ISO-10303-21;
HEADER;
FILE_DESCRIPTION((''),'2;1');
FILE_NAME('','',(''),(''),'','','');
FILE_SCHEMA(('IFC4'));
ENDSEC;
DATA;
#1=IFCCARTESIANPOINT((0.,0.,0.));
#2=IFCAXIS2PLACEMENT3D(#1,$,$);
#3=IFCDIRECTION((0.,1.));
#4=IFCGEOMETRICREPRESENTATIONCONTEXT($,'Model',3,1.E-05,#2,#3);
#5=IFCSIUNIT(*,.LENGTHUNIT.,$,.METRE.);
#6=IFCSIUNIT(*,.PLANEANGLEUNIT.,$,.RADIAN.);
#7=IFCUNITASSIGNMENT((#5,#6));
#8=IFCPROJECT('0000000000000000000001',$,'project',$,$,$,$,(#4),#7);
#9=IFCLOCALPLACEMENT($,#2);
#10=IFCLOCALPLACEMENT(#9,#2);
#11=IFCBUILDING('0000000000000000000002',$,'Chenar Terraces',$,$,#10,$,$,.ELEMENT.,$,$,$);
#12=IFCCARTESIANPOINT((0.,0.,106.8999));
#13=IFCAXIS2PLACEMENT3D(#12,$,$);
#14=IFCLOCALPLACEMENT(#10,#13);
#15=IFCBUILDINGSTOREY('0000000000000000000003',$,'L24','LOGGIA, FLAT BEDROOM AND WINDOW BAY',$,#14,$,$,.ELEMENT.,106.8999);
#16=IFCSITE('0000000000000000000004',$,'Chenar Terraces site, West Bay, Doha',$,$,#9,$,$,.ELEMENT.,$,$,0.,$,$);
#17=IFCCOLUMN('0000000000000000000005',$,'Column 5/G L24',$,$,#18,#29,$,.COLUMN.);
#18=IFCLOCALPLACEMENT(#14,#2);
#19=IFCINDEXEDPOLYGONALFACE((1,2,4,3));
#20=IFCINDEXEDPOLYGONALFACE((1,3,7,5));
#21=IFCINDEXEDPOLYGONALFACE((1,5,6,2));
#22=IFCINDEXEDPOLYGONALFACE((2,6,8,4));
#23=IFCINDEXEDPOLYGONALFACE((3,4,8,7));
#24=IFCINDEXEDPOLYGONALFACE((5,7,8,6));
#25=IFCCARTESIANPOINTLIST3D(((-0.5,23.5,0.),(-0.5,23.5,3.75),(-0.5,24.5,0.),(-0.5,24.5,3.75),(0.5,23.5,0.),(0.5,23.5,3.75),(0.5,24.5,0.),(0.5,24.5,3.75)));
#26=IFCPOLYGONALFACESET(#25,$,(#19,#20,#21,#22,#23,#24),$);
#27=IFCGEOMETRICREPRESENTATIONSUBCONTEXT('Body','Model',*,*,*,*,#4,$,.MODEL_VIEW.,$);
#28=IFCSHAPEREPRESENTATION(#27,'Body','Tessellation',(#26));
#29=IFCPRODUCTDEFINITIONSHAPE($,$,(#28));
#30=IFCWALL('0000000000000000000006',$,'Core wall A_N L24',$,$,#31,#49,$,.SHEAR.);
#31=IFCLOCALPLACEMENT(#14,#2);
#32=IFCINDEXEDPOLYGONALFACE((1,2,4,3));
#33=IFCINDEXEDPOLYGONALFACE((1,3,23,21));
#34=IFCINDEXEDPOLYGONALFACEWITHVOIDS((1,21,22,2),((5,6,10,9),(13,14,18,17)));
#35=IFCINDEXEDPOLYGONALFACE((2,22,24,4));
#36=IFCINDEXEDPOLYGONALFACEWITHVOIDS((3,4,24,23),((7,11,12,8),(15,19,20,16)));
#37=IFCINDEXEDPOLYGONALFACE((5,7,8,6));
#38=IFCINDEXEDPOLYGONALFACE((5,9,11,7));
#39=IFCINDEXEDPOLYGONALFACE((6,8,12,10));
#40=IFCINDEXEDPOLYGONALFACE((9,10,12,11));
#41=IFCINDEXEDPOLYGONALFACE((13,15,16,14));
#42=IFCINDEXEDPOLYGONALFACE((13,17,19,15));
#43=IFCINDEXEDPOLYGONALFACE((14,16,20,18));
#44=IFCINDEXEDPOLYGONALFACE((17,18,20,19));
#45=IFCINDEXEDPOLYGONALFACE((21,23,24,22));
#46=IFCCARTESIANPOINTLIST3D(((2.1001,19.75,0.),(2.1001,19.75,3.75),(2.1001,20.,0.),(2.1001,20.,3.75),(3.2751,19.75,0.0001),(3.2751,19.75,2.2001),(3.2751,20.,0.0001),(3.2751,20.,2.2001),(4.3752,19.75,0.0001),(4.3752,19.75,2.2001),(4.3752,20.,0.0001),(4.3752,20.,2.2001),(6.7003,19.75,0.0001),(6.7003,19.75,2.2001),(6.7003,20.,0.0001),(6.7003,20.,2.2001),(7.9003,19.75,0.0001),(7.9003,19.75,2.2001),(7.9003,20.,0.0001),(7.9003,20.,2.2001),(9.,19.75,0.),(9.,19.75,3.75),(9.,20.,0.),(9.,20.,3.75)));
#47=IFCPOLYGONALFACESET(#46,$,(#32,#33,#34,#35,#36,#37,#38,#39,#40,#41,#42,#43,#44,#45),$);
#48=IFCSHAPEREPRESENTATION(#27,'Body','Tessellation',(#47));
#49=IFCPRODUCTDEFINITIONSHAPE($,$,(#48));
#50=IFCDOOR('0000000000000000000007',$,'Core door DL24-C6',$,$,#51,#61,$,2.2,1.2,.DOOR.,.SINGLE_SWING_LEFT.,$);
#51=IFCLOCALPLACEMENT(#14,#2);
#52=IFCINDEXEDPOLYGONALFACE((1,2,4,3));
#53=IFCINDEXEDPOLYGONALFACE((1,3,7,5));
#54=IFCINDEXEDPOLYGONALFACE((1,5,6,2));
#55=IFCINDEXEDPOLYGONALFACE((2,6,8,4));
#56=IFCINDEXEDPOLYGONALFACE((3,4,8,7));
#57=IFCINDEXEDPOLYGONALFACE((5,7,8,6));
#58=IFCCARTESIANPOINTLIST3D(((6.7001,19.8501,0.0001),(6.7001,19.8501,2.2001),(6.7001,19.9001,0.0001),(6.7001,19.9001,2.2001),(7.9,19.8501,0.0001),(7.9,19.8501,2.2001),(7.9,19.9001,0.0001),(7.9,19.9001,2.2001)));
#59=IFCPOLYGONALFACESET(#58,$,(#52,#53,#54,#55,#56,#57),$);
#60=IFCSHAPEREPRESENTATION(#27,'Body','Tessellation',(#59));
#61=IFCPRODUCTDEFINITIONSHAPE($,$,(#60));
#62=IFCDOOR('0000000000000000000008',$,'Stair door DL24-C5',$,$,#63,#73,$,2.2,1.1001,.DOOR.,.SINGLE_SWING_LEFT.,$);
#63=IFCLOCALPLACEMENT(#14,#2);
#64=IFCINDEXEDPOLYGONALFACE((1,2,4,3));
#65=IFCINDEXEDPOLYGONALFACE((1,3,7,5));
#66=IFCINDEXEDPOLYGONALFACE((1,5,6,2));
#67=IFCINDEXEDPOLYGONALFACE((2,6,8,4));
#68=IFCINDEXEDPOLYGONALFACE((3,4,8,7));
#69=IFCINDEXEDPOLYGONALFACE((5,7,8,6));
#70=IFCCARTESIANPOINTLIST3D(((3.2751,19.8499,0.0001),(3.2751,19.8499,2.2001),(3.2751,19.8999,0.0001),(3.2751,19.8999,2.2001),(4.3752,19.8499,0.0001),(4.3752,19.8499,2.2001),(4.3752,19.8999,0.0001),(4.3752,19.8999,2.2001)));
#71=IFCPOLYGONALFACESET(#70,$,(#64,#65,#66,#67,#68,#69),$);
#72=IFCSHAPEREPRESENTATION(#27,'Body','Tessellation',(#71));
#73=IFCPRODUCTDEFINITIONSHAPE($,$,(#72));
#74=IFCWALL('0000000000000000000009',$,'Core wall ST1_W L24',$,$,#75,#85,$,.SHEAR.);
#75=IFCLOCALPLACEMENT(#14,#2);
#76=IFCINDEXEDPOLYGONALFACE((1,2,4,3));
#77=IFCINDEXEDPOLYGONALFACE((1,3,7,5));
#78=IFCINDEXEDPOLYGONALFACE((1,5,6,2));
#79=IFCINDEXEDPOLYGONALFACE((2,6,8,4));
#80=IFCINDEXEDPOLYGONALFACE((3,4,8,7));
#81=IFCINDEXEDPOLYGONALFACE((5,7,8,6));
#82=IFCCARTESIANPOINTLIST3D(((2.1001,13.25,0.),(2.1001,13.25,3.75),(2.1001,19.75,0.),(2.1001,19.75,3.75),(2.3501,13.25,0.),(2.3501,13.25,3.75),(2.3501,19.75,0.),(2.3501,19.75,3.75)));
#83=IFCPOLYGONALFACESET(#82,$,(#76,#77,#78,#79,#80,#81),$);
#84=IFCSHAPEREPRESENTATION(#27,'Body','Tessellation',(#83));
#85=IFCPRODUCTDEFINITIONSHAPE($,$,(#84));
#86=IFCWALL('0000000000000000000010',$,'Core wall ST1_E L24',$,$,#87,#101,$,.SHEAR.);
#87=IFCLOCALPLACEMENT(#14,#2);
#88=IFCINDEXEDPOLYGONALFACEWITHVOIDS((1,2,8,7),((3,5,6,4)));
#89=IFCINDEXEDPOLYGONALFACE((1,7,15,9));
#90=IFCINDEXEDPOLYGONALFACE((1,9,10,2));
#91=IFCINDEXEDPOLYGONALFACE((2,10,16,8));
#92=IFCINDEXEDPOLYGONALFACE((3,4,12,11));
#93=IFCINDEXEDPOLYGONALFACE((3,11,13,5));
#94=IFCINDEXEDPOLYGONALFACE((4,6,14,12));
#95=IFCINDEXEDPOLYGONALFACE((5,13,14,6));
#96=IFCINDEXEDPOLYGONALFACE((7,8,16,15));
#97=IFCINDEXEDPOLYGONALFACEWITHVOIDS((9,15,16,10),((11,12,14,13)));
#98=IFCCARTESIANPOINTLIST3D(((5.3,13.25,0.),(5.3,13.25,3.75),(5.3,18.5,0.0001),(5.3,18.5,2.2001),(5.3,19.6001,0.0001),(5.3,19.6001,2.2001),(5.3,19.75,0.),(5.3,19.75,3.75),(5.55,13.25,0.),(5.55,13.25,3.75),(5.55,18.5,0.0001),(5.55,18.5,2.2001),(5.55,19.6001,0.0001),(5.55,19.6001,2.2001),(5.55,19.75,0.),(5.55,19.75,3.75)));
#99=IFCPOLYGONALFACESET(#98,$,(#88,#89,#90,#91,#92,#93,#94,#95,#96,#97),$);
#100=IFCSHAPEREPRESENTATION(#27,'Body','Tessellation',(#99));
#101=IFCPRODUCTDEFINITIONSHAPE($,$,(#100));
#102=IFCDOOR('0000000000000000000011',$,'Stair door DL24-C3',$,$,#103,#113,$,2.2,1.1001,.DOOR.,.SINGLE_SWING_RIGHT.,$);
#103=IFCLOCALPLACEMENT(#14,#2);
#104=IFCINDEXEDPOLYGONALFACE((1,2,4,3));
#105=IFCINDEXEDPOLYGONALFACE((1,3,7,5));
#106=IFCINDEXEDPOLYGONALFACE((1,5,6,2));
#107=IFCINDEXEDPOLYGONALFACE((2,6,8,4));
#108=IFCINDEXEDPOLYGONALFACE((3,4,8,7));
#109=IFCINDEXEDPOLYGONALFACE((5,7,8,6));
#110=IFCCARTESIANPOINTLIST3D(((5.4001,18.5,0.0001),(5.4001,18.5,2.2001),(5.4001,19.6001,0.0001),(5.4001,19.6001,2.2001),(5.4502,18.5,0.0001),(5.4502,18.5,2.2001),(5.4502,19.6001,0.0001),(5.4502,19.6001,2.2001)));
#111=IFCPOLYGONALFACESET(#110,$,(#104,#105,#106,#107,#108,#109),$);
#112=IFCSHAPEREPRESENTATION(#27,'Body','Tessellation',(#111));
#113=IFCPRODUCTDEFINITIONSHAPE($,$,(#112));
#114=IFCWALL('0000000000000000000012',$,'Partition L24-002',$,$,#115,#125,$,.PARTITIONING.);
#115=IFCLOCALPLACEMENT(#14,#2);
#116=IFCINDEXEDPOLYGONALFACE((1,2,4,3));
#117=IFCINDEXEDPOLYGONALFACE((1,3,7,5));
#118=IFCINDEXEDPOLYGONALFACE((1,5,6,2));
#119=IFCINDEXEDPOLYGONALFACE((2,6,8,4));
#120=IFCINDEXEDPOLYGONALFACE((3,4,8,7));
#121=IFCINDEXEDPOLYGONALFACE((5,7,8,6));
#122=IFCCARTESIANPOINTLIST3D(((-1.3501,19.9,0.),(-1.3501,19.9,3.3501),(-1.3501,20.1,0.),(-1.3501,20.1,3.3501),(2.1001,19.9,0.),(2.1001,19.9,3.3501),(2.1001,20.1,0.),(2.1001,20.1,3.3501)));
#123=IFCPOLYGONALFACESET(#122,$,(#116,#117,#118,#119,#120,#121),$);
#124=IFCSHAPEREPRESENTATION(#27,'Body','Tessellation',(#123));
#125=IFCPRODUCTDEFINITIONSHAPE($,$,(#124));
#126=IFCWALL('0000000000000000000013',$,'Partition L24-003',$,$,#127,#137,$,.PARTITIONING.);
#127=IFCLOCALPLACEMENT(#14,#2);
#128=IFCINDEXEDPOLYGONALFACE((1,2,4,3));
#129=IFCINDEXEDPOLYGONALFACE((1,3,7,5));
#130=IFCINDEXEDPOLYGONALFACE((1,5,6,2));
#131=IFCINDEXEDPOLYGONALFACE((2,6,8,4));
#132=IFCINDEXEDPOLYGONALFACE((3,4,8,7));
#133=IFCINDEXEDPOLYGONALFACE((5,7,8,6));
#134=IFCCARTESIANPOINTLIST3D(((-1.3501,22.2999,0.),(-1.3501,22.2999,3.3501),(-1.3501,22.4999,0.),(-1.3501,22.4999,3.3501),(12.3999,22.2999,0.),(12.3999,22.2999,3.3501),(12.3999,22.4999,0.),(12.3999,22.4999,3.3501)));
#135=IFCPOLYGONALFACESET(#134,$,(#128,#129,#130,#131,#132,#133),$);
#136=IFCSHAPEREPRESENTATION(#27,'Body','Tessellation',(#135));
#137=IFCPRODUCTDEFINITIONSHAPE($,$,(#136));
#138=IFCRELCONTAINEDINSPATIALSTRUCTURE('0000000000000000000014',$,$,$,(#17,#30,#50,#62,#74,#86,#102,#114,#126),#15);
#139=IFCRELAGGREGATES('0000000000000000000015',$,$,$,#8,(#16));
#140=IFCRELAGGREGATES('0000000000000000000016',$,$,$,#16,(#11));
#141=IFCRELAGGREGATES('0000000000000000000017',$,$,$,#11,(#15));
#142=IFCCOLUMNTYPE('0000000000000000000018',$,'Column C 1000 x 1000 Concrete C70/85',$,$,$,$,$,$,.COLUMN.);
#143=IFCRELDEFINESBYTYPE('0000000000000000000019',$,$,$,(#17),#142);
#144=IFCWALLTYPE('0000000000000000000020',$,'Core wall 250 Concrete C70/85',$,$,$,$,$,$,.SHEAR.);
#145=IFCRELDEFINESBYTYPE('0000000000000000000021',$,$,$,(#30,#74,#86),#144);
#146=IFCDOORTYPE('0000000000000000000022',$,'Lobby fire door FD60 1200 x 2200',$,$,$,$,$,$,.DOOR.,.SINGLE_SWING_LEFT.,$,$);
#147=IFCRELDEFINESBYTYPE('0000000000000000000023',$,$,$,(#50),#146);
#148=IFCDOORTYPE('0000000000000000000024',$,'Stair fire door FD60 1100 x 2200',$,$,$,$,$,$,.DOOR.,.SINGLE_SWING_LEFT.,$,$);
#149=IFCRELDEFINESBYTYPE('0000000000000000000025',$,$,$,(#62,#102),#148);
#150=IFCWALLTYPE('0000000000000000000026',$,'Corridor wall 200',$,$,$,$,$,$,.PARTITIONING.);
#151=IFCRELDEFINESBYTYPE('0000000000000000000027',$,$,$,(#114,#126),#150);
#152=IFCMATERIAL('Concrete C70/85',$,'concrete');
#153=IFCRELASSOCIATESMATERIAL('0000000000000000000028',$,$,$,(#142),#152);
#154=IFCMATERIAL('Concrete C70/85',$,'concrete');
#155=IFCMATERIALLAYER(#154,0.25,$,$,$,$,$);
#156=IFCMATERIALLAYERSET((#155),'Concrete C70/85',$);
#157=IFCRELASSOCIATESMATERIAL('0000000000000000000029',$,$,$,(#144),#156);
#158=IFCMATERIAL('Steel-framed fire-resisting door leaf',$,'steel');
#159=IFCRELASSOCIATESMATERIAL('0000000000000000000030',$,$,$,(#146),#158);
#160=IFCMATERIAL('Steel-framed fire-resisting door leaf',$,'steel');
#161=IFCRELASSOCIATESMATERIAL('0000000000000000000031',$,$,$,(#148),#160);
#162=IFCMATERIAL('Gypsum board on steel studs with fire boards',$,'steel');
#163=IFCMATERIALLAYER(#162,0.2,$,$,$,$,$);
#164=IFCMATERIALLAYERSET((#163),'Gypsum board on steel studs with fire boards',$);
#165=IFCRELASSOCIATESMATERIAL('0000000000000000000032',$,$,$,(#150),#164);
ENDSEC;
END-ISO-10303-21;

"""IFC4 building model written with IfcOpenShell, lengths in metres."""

from ifc_helpers import new_model, si_unit, direction, frame, frame_2d, origin, origin_2d, place, context, subcontext, project, spatial, rectangle, extrude, material, layer, layer_set, material_profile, profile_set, type_object, element, fill, save


model = new_model("IFC4")

# Units and contexts
model_context = context("Model", 3, precision=1e-05, world=origin(), true_north=direction((0.0, 1.0)))
body_context = subcontext(model_context, "Body", "Model", "MODEL_VIEW")
ifc_project = project(units=[si_unit("LENGTHUNIT", "METRE"), si_unit("PLANEANGLEUNIT", "RADIAN")], contexts=[model_context])

# Site, building, storey
site_placement = place(None, origin())
site = spatial("IfcSite", under=ifc_project, at=site_placement, Name="Chenar Terraces site, West Bay, Doha", CompositionType="ELEMENT", RefElevation=0.0)
building_placement = place(site_placement, origin())
building = spatial("IfcBuilding", under=site, at=building_placement, Name="Chenar Terraces", CompositionType="ELEMENT")
storey_placement = place(building_placement, frame((0.0, 0.0, 106.8999)))
storey = spatial("IfcBuildingStorey", under=building, at=storey_placement, Name="L24", Description="LOGGIA, FLAT BEDROOM AND WINDOW BAY", CompositionType="ELEMENT", Elevation=106.8999)

# Column
ifc_material_1 = material(Name="Concrete C70/85", Category="concrete")
ifc_material_profile_1 = material_profile(ifc_material_1, rectangle(XDim=1.0, YDim=1.0, at=origin_2d()), Name="C 1000 x 1000")
ifc_profile_set_1 = profile_set([ifc_material_profile_1], Name="Concrete C70/85")
column_type = type_object("IfcColumnType", Name="Column C 1000 x 1000 Concrete C70/85", PredefinedType="COLUMN", material=ifc_profile_set_1)
column_placement = place(storey_placement, frame((0.0, 24.0, 0.0), z_axis=(0.0, 0.0, 1.0), x_axis=(1.0, 0.0, 0.0)))
element("IfcColumn", 1, at=column_placement, inside=storey, type_object=column_type, Name="Column 5/G L24", PredefinedType="COLUMN", context=body_context, shape_type="SweptSolid", body=[
    extrude(rectangle(XDim=1.0, YDim=1.0, at=origin_2d()), origin(), (0.0, 0.0, 1.0), 3.75),
])

# Wall, openings, doors
ifc_material_2 = material(Name="Concrete C70/85", Category="concrete")
ifc_layer_1 = layer(ifc_material_2, 0.25)
ifc_layer_set_1 = layer_set([ifc_layer_1], Name="Concrete C70/85")
wall_type_1 = type_object("IfcWallType", Name="Core wall 250 Concrete C70/85", PredefinedType="SHEAR", material=ifc_layer_set_1)
wall_1_placement = place(storey_placement, frame((2.1001, 19.875, 0.0), z_axis=(0.0, 0.0, 1.0), x_axis=(1.0, 0.0, 0.0)))
wall_1 = element("IfcWall", 2, at=wall_1_placement, inside=storey, type_object=wall_type_1, Name="Core wall A_N L24", PredefinedType="SHEAR", context=body_context, shape_type="SweptSolid", body=[
    extrude(rectangle(XDim=6.8999, YDim=0.25, at=frame_2d((3.45, 0.0))), origin(), (0.0, 0.0, 1.0), 3.75),
])
opening_1_placement = place(wall_1_placement, frame((1.175, 0.0, 0.0)))
opening_1 = element("IfcOpeningElement", 3, at=opening_1_placement, cuts=wall_1, PredefinedType="OPENING", context=body_context, shape_type="SweptSolid", body=[
    extrude(rectangle(XDim=1.1001, YDim=2.2, at=frame_2d((0.55, 1.1001))), frame((0.0, 0.135, 0.0), z_axis=(0.0, -1.0, 0.0), x_axis=(1.0, 0.0, 0.0)), (0.0, 0.0, 1.0), 0.27),
])
opening_2_placement = place(wall_1_placement, frame((4.6001, 0.0, 0.0)))
opening_2 = element("IfcOpeningElement", 4, at=opening_2_placement, cuts=wall_1, PredefinedType="OPENING", context=body_context, shape_type="SweptSolid", body=[
    extrude(rectangle(XDim=1.2, YDim=2.2, at=frame_2d((0.6001, 1.1001))), frame((0.0, 0.135, 0.0), z_axis=(0.0, -1.0, 0.0), x_axis=(1.0, 0.0, 0.0)), (0.0, 0.0, 1.0), 0.27),
])
ifc_material_3 = material(Name="Steel-framed fire-resisting door leaf", Category="steel")
door_type_1 = type_object("IfcDoorType", Name="Lobby fire door FD60 1200 x 2200", OperationType="SINGLE_SWING_LEFT", PredefinedType="DOOR", material=ifc_material_3)
door_1_placement = place(opening_2_placement, frame((1.2, 0.0, 0.0), z_axis=(0.0, 0.0, 1.0), x_axis=(-1.0, 0.0, 0.0)))
door_1 = element("IfcDoor", 5, at=door_1_placement, inside=storey, type_object=door_type_1, Name="Core door DL24-C6", OperationType="SINGLE_SWING_LEFT", OverallHeight=2.2, OverallWidth=1.2, PredefinedType="DOOR", context=body_context, shape_type="SweptSolid", body=[
    extrude(rectangle(XDim=1.2, YDim=2.2, at=frame_2d((0.6001, 1.1001))), frame((0.0, 0.0249, 0.0), z_axis=(0.0, -1.0, 0.0), x_axis=(1.0, 0.0, 0.0)), (0.0, 0.0, 1.0), 0.05),
])
fill(opening_2, door_1)
ifc_material_4 = material(Name="Steel-framed fire-resisting door leaf", Category="steel")
door_type_2 = type_object("IfcDoorType", Name="Stair fire door FD60 1100 x 2200", OperationType="SINGLE_SWING_LEFT", PredefinedType="DOOR", material=ifc_material_4)
door_2_placement = place(opening_1_placement, origin())
door_2 = element("IfcDoor", 6, at=door_2_placement, inside=storey, type_object=door_type_2, Name="Stair door DL24-C5", OperationType="SINGLE_SWING_LEFT", OverallHeight=2.2, OverallWidth=1.1001, PredefinedType="DOOR", context=body_context, shape_type="SweptSolid", body=[
    extrude(rectangle(XDim=1.1001, YDim=2.2, at=frame_2d((0.55, 1.1001))), frame((0.0, 0.0249, 0.0), z_axis=(0.0, -1.0, 0.0), x_axis=(1.0, 0.0, 0.0)), (0.0, 0.0, 1.0), 0.05),
])
fill(opening_1, door_2)

# Wall
wall_2_placement = place(storey_placement, frame((2.2251, 13.25, 0.0), z_axis=(0.0, 0.0, 1.0), x_axis=(0.0, 1.0, 0.0)))
element("IfcWall", 7, at=wall_2_placement, inside=storey, type_object=wall_type_1, Name="Core wall ST1_W L24", PredefinedType="SHEAR", context=body_context, shape_type="SweptSolid", body=[
    extrude(rectangle(XDim=6.5, YDim=0.25, at=frame_2d((3.25, 0.0))), origin(), (0.0, 0.0, 1.0), 3.75),
])

# Wall, opening, door
wall_3_placement = place(storey_placement, frame((5.425, 13.25, 0.0), z_axis=(0.0, 0.0, 1.0), x_axis=(0.0, 1.0, 0.0)))
wall_3 = element("IfcWall", 8, at=wall_3_placement, inside=storey, type_object=wall_type_1, Name="Core wall ST1_E L24", PredefinedType="SHEAR", context=body_context, shape_type="SweptSolid", body=[
    extrude(rectangle(XDim=6.5, YDim=0.25, at=frame_2d((3.25, 0.0))), origin(), (0.0, 0.0, 1.0), 3.75),
])
opening_3_placement = place(wall_3_placement, frame((5.25, 0.0, 0.0)))
opening_3 = element("IfcOpeningElement", 9, at=opening_3_placement, cuts=wall_3, PredefinedType="OPENING", context=body_context, shape_type="SweptSolid", body=[
    extrude(rectangle(XDim=1.1001, YDim=2.2, at=frame_2d((0.55, 1.1001))), frame((0.0, 0.135, 0.0), z_axis=(0.0, -1.0, 0.0), x_axis=(1.0, 0.0, 0.0)), (0.0, 0.0, 1.0), 0.27),
])
door_3_placement = place(opening_3_placement, origin())
door_3 = element("IfcDoor", 10, at=door_3_placement, inside=storey, type_object=door_type_2, Name="Stair door DL24-C3", OperationType="SINGLE_SWING_RIGHT", OverallHeight=2.2, OverallWidth=1.1001, PredefinedType="DOOR", context=body_context, shape_type="SweptSolid", body=[
    extrude(rectangle(XDim=1.1001, YDim=2.2, at=frame_2d((0.55, 1.1001))), frame((0.0, 0.0249, 0.0), z_axis=(0.0, -1.0, 0.0), x_axis=(1.0, 0.0, 0.0)), (0.0, 0.0, 1.0), 0.05),
])
fill(opening_3, door_3)

# Walls
ifc_material_5 = material(Name="Gypsum board on steel studs with fire boards", Category="steel")
ifc_layer_2 = layer(ifc_material_5, 0.2)
ifc_layer_set_2 = layer_set([ifc_layer_2], Name="Gypsum board on steel studs with fire boards")
wall_type_2 = type_object("IfcWallType", Name="Corridor wall 200", PredefinedType="PARTITIONING", material=ifc_layer_set_2)
wall_4_placement = place(storey_placement, frame((-1.3501, 20.0, 0.0), z_axis=(0.0, 0.0, 1.0), x_axis=(1.0, 0.0, 0.0)))
element("IfcWall", 11, at=wall_4_placement, inside=storey, type_object=wall_type_2, Name="Partition L24-002", PredefinedType="PARTITIONING", context=body_context, shape_type="SweptSolid", body=[
    extrude(rectangle(XDim=3.4502, YDim=0.2, at=frame_2d((1.7251, 0.0))), origin(), (0.0, 0.0, 1.0), 3.3501),
])
wall_5_placement = place(storey_placement, frame((-1.3501, 22.3999, 0.0), z_axis=(0.0, 0.0, 1.0), x_axis=(1.0, 0.0, 0.0)))
element("IfcWall", 12, at=wall_5_placement, inside=storey, type_object=wall_type_2, Name="Partition L24-003", PredefinedType="PARTITIONING", context=body_context, shape_type="SweptSolid", body=[
    extrude(rectangle(XDim=13.75, YDim=0.2, at=frame_2d((6.875, 0.0))), origin(), (0.0, 0.0, 1.0), 3.3501),
])

save(model, "model.ifc")
